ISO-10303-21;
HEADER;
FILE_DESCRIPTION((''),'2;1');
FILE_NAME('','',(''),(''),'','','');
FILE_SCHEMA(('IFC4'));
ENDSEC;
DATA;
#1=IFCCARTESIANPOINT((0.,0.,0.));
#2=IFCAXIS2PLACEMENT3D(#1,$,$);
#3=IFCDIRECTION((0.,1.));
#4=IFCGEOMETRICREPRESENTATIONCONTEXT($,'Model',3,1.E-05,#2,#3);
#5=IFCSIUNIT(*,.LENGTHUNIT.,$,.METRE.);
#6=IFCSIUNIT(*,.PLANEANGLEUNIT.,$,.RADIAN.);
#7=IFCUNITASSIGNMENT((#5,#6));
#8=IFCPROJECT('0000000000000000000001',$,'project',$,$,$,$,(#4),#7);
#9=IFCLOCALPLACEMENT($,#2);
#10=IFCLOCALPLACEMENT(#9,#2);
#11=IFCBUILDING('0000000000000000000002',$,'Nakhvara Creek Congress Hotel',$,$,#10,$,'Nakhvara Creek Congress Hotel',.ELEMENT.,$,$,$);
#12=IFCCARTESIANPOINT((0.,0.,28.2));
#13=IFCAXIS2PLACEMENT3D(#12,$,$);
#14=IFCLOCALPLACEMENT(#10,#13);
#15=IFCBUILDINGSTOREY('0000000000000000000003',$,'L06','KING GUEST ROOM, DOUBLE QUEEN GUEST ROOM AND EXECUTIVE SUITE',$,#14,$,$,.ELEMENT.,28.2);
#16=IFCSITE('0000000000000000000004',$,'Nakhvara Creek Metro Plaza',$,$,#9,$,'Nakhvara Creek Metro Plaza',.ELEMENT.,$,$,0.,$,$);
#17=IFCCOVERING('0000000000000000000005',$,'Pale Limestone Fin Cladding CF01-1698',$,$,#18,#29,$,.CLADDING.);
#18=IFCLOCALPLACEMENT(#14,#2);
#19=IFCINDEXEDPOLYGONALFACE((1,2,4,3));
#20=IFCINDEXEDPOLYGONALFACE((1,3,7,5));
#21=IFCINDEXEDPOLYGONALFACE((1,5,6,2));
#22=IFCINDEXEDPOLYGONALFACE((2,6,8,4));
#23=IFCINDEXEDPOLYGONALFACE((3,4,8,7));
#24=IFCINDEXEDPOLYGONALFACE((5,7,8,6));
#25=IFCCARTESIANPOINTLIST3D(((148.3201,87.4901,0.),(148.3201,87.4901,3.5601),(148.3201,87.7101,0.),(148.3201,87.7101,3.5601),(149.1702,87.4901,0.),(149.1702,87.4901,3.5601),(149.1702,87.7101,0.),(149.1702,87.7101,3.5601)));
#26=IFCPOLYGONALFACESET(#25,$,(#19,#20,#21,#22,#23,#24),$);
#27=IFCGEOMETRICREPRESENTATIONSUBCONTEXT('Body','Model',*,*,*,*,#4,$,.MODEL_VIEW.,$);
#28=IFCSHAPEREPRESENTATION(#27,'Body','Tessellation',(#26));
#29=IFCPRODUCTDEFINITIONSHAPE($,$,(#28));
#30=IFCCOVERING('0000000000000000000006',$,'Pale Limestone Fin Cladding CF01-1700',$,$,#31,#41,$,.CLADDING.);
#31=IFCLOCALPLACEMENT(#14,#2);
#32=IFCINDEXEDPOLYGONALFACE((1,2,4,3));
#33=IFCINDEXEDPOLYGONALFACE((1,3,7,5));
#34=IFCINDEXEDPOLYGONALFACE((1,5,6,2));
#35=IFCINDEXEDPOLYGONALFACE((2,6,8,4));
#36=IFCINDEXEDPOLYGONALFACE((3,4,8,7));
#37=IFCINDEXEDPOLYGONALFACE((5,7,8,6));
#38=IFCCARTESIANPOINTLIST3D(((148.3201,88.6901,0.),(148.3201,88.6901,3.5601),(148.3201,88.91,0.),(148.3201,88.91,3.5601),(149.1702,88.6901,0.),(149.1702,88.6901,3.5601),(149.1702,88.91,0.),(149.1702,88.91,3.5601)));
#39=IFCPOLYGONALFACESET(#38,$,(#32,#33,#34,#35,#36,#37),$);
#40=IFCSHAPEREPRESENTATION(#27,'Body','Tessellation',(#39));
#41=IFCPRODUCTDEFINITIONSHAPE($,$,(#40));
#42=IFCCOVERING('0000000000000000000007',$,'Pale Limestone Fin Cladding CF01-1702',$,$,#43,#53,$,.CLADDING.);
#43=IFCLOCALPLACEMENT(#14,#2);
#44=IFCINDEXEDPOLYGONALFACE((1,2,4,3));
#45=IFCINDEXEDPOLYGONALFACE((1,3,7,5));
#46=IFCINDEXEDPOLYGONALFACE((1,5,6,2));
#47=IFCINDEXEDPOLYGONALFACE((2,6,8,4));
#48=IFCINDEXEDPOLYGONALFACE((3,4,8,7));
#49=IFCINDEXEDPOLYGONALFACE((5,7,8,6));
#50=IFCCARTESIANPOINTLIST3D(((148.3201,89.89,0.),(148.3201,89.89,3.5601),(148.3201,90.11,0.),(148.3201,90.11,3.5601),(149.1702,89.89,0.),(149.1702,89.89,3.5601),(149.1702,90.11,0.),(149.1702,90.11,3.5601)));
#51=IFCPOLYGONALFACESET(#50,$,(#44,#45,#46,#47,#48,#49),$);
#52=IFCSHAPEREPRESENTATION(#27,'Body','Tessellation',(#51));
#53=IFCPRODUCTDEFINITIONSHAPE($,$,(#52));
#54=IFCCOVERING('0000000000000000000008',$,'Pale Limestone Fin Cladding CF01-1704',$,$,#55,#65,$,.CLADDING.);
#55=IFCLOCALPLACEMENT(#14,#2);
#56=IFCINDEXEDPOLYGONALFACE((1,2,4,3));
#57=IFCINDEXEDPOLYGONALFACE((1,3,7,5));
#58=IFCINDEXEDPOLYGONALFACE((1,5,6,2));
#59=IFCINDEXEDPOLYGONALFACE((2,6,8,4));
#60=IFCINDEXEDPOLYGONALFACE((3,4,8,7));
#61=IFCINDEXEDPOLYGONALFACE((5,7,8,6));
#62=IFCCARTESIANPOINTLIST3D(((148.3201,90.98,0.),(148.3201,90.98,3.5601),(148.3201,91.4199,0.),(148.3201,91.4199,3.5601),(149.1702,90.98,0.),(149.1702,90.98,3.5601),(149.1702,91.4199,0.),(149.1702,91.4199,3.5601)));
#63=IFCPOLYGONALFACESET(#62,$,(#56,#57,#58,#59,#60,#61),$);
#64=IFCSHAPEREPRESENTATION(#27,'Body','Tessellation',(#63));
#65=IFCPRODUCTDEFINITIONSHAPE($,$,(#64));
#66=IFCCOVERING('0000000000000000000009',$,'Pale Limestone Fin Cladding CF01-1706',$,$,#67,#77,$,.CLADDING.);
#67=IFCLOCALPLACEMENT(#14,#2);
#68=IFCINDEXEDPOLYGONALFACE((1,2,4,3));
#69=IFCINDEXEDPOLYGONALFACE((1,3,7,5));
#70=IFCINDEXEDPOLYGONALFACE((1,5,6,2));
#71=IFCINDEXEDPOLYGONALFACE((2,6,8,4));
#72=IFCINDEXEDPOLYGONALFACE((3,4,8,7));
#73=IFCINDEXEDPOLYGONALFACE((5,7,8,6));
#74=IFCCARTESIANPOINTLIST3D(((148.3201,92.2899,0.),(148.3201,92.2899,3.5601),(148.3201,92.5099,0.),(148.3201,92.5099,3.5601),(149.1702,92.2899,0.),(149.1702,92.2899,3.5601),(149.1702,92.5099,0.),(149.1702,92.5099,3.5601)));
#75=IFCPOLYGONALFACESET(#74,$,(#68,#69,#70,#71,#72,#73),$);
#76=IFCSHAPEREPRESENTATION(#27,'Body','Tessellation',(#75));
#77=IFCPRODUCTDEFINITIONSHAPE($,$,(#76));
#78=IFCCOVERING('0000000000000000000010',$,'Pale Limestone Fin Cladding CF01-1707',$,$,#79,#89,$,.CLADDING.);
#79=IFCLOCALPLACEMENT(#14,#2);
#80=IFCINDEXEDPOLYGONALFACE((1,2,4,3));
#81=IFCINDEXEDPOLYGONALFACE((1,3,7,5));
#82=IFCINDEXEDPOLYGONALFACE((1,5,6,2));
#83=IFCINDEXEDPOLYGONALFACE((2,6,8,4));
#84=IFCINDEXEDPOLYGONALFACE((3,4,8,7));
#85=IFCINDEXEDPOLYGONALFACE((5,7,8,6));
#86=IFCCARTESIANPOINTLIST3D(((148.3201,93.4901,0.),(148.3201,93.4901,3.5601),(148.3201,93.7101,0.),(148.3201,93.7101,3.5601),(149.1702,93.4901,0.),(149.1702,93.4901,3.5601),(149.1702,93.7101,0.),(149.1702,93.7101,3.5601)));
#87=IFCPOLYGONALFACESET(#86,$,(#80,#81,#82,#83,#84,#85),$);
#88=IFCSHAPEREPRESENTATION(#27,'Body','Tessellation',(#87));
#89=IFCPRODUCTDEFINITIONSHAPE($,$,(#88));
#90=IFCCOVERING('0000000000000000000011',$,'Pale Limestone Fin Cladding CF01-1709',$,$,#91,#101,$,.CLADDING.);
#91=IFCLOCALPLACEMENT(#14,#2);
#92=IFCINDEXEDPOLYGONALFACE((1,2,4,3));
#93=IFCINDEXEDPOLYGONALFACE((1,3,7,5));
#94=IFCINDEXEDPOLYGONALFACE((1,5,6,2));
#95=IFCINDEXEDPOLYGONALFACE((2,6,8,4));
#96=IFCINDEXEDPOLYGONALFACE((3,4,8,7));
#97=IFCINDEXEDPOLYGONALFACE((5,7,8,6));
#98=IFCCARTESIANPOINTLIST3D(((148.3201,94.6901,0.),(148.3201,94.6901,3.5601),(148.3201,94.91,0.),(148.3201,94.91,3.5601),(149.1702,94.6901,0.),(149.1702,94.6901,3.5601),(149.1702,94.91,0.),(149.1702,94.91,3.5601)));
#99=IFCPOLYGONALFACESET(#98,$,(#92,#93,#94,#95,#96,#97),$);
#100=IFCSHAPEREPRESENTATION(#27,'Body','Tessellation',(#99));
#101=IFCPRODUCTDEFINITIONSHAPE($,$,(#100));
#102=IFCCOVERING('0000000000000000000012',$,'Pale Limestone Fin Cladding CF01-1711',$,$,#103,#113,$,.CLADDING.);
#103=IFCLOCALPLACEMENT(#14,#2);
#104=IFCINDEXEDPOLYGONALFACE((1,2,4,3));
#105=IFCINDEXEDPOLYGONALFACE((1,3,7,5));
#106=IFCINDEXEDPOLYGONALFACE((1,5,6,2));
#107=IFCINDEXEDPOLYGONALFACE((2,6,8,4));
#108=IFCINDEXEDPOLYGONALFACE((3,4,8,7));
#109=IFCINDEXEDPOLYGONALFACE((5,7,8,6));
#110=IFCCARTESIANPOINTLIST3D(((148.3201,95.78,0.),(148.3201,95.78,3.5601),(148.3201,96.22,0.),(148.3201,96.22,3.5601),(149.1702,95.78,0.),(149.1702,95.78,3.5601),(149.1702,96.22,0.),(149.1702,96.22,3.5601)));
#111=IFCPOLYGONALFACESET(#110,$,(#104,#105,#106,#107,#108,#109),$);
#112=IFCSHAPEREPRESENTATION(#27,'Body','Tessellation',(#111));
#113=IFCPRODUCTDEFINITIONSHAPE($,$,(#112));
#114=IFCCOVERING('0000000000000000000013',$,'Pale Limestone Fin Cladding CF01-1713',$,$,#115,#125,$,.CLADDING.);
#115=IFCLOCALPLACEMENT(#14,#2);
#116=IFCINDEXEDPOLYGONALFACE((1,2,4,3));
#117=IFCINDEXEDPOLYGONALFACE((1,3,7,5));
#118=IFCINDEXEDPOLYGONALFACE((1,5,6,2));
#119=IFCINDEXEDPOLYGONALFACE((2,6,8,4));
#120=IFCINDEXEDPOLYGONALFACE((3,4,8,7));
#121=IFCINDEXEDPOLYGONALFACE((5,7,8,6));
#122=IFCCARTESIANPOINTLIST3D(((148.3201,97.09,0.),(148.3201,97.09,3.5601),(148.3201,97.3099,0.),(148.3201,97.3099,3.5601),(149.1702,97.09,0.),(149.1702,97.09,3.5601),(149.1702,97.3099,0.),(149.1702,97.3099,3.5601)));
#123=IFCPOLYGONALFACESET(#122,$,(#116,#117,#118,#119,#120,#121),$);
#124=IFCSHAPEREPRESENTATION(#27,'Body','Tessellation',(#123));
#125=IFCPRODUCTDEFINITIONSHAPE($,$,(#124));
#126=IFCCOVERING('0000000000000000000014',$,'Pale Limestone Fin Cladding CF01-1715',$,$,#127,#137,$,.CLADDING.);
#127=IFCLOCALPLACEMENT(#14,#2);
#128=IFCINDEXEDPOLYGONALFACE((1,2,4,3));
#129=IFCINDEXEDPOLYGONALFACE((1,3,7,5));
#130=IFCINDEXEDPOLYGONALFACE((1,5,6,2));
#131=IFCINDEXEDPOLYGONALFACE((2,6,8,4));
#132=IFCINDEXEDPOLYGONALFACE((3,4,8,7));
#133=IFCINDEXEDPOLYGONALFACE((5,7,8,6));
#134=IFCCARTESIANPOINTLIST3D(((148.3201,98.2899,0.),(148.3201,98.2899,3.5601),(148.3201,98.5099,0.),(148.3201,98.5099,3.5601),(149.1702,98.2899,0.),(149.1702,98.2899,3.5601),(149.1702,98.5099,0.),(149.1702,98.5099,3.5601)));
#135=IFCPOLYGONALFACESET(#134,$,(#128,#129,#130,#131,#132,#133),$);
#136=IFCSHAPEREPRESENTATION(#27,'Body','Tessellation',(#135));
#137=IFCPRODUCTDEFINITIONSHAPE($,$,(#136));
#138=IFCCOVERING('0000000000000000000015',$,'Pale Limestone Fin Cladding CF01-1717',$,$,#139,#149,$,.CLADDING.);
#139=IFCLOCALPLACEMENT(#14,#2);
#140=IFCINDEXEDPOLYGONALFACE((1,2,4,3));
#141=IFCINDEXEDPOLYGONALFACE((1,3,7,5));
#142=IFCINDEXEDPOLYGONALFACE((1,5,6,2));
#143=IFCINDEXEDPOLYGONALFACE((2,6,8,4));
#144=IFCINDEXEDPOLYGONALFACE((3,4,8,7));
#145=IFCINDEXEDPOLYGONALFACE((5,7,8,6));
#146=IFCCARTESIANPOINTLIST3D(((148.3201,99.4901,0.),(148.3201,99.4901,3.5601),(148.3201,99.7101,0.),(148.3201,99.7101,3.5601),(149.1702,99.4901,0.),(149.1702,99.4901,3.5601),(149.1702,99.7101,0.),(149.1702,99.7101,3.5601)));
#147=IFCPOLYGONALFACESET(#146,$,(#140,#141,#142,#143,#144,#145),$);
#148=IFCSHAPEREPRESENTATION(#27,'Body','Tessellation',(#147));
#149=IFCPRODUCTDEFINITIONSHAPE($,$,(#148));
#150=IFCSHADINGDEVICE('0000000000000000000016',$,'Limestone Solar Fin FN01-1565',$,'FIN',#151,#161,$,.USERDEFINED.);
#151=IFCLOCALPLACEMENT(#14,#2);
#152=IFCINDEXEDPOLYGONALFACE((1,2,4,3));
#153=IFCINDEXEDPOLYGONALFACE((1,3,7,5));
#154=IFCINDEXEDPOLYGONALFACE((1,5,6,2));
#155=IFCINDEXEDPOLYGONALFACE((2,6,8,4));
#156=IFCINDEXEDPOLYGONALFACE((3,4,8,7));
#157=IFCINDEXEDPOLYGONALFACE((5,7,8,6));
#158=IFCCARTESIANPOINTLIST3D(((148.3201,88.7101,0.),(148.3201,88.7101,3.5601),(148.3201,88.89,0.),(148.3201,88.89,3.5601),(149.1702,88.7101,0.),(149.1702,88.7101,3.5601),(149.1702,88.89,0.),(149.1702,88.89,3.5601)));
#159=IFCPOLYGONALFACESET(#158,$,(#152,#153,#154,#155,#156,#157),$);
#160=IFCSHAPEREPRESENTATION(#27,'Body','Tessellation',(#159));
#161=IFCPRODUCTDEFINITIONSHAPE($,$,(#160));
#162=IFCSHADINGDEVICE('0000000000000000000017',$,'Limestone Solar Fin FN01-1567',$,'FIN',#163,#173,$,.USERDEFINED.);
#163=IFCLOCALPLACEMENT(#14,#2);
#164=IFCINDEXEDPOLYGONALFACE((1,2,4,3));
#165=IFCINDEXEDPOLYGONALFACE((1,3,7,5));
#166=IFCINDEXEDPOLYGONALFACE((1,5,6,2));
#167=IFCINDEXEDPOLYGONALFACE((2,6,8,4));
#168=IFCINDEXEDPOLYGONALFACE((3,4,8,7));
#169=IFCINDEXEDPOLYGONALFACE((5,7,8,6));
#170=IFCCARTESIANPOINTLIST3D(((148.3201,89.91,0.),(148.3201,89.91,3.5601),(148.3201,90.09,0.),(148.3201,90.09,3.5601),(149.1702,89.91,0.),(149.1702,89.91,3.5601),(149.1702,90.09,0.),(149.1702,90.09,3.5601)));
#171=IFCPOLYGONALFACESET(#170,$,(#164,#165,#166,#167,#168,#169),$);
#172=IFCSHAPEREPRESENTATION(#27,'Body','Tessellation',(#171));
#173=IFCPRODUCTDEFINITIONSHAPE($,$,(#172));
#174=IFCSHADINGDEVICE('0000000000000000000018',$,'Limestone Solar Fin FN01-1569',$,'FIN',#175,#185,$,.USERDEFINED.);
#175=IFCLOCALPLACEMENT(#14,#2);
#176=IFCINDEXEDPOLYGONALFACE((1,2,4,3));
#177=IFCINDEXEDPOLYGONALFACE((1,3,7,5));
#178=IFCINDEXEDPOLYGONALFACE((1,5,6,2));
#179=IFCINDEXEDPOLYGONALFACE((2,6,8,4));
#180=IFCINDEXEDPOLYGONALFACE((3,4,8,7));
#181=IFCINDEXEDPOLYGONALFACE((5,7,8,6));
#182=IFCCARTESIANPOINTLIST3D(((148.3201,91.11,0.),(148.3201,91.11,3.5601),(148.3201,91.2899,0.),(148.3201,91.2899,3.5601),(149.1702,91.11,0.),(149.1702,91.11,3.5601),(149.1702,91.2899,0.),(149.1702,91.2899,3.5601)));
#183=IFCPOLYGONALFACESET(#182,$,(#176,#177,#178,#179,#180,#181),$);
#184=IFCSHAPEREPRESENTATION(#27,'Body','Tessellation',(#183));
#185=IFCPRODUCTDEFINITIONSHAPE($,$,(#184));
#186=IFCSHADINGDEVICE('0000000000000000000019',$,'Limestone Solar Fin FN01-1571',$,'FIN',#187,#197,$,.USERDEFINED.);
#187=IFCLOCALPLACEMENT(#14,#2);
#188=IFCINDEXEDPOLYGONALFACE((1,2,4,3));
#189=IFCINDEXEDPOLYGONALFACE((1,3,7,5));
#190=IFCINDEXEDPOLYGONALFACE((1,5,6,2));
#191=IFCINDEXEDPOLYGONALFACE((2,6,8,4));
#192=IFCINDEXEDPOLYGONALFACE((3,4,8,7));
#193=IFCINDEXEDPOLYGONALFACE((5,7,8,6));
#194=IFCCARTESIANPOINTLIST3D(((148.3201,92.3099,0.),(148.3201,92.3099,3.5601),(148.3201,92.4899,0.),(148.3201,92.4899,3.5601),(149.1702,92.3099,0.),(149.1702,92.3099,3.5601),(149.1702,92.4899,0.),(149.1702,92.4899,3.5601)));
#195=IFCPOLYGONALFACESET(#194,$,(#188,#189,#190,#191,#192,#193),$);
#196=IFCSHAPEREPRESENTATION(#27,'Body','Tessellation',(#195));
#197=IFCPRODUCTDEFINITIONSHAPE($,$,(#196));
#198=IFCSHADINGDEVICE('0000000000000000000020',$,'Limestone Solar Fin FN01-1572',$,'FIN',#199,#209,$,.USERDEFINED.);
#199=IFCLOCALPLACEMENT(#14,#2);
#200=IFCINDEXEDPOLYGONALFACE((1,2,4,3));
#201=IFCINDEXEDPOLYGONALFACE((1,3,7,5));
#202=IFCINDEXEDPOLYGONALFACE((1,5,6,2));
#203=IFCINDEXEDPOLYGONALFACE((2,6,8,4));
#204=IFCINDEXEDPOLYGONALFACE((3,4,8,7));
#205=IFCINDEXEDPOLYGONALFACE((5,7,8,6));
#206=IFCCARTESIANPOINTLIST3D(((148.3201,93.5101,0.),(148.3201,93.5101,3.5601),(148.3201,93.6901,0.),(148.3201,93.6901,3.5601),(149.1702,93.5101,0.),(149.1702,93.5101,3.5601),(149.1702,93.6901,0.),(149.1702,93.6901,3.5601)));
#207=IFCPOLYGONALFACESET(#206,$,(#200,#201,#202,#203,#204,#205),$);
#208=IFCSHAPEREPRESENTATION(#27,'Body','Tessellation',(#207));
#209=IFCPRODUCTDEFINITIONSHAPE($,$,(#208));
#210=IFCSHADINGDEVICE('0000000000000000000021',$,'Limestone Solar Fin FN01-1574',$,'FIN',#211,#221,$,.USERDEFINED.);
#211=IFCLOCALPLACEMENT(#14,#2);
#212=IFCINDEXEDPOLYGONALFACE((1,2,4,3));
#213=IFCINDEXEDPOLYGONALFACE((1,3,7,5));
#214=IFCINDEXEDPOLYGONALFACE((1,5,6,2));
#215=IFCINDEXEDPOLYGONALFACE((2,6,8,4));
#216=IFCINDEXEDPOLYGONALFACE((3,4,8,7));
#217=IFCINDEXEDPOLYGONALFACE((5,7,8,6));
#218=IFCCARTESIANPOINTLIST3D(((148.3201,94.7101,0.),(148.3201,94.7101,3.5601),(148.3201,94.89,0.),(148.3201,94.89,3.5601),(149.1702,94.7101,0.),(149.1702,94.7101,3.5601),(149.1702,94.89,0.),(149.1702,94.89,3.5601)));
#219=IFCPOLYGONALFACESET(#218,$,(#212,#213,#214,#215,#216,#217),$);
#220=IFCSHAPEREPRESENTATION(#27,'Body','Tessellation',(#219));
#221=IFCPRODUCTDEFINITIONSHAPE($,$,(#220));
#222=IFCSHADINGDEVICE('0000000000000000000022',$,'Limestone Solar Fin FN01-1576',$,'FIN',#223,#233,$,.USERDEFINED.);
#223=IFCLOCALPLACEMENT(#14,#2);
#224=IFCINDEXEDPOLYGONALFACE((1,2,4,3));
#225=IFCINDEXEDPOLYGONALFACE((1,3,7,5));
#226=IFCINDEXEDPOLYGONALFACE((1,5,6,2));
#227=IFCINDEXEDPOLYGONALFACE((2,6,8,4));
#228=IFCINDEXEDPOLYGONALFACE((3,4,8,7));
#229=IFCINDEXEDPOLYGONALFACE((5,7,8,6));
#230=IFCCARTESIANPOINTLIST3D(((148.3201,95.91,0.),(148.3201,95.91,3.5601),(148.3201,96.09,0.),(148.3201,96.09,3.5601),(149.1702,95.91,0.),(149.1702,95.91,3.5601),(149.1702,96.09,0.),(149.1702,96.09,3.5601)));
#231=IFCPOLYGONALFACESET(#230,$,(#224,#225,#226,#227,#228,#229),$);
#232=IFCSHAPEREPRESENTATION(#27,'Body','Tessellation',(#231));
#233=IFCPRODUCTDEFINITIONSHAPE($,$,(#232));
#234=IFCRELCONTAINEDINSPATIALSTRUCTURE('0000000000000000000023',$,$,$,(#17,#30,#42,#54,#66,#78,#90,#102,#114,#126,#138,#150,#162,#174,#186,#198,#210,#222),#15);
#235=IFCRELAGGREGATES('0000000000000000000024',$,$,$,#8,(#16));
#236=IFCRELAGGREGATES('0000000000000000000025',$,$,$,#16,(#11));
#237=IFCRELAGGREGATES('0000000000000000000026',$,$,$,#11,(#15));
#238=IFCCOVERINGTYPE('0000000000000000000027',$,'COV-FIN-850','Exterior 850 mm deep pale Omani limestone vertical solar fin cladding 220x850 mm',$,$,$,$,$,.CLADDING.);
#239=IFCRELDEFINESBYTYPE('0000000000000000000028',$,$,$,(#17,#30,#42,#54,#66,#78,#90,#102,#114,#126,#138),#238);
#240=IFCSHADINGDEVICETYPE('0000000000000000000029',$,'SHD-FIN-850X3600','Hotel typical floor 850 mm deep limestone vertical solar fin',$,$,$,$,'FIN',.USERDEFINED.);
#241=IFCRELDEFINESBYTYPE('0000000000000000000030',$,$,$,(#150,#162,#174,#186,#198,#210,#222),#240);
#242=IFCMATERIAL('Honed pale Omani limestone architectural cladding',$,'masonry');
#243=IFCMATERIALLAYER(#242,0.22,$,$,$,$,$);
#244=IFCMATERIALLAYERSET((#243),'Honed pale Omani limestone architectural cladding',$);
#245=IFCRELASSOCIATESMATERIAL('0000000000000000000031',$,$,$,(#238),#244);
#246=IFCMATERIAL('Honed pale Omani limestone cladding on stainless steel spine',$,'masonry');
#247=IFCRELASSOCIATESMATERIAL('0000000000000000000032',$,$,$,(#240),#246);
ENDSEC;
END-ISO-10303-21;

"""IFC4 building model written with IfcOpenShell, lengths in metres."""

from ifc_helpers import new_model, si_unit, direction, frame, origin, origin_2d, place, context, subcontext, project, spatial, rectangle, extrude, material, layer, layer_set, type_object, element, save


model = new_model("IFC4")

# Units and contexts
model_context = context("Model", 3, precision=1e-05, world=origin(), true_north=direction((0.0, 1.0)))
body_context = subcontext(model_context, "Body", "Model", "MODEL_VIEW")
ifc_project = project(units=[si_unit("LENGTHUNIT", "METRE"), si_unit("PLANEANGLEUNIT", "RADIAN")], contexts=[model_context])

# Site, building, storey
site_placement = place(None, origin())
site = spatial("IfcSite", under=ifc_project, at=site_placement, Name="Nakhvara Creek Metro Plaza", LongName="Nakhvara Creek Metro Plaza", CompositionType="ELEMENT", RefElevation=0.0)
building_placement = place(site_placement, origin())
building = spatial("IfcBuilding", under=site, at=building_placement, Name="Nakhvara Creek Congress Hotel", LongName="Nakhvara Creek Congress Hotel", CompositionType="ELEMENT")
storey_placement = place(building_placement, frame((0.0, 0.0, 28.2)))
storey = spatial("IfcBuildingStorey", under=building, at=storey_placement, Name="L06", Description="KING GUEST ROOM, DOUBLE QUEEN GUEST ROOM AND EXECUTIVE SUITE", CompositionType="ELEMENT", Elevation=28.2)

# Coverings
ifc_material_1 = material(Name="Honed pale Omani limestone architectural cladding", Category="masonry")
ifc_layer = layer(ifc_material_1, 0.22)
ifc_layer_set = layer_set([ifc_layer], Name="Honed pale Omani limestone architectural cladding")
covering_type = type_object("IfcCoveringType", Name="COV-FIN-850", Description="Exterior 850 mm deep pale Omani limestone vertical solar fin cladding 220x850 mm", PredefinedType="CLADDING", material=ifc_layer_set)
for number, where, z_axis, x_axis, name in (
    (1, (148.7451, 87.6001, 0.0), (0.0, 0.0, 1.0), (0.0, 1.0, 0.0), "Pale Limestone Fin Cladding CF01-1698"),
    (2, (148.7451, 88.8, 0.0), (0.0, 0.0, 1.0), (0.0, 1.0, 0.0), "Pale Limestone Fin Cladding CF01-1700"),
    (3, (148.7451, 90.0, 0.0), (0.0, 0.0, 1.0), (0.0, 1.0, 0.0), "Pale Limestone Fin Cladding CF01-1702"),
):
    element("IfcCovering", number, at=place(storey_placement, frame(where, z_axis=z_axis, x_axis=x_axis)), inside=storey, type_object=covering_type, Name=name, PredefinedType="CLADDING", context=body_context, shape_type="SweptSolid", body=[
        extrude(rectangle(XDim=0.22, YDim=0.8501, at=origin_2d()), origin(), (0.0, 0.0, 1.0), 3.5601),
    ])
covering_1_placement = place(storey_placement, frame((148.7451, 91.2, 0.0), z_axis=(0.0, 0.0, 1.0), x_axis=(0.0, 1.0, 0.0)))
element("IfcCovering", 4, at=covering_1_placement, inside=storey, type_object=covering_type, Name="Pale Limestone Fin Cladding CF01-1704", PredefinedType="CLADDING", context=body_context, shape_type="SweptSolid", body=[
    extrude(rectangle(XDim=0.4399, YDim=0.8501, at=origin_2d()), origin(), (0.0, 0.0, 1.0), 3.5601),
])
for number, where, z_axis, x_axis, name in (
    (5, (148.7451, 92.3999, 0.0), (0.0, 0.0, 1.0), (0.0, 1.0, 0.0), "Pale Limestone Fin Cladding CF01-1706"),
    (6, (148.7451, 93.6001, 0.0), (0.0, 0.0, 1.0), (0.0, 1.0, 0.0), "Pale Limestone Fin Cladding CF01-1707"),
    (7, (148.7451, 94.8, 0.0), (0.0, 0.0, 1.0), (0.0, 1.0, 0.0), "Pale Limestone Fin Cladding CF01-1709"),
):
    element("IfcCovering", number, at=place(storey_placement, frame(where, z_axis=z_axis, x_axis=x_axis)), inside=storey, type_object=covering_type, Name=name, PredefinedType="CLADDING", context=body_context, shape_type="SweptSolid", body=[
        extrude(rectangle(XDim=0.22, YDim=0.8501, at=origin_2d()), origin(), (0.0, 0.0, 1.0), 3.5601),
    ])
covering_2_placement = place(storey_placement, frame((148.7451, 96.0, 0.0), z_axis=(0.0, 0.0, 1.0), x_axis=(0.0, 1.0, 0.0)))
element("IfcCovering", 8, at=covering_2_placement, inside=storey, type_object=covering_type, Name="Pale Limestone Fin Cladding CF01-1711", PredefinedType="CLADDING", context=body_context, shape_type="SweptSolid", body=[
    extrude(rectangle(XDim=0.4399, YDim=0.8501, at=origin_2d()), origin(), (0.0, 0.0, 1.0), 3.5601),
])
for number, where, z_axis, x_axis, name in (
    (9, (148.7451, 97.2, 0.0), (0.0, 0.0, 1.0), (0.0, 1.0, 0.0), "Pale Limestone Fin Cladding CF01-1713"),
    (10, (148.7451, 98.3999, 0.0), (0.0, 0.0, 1.0), (0.0, 1.0, 0.0), "Pale Limestone Fin Cladding CF01-1715"),
    (11, (148.7451, 99.6001, 0.0), (0.0, 0.0, 1.0), (0.0, 1.0, 0.0), "Pale Limestone Fin Cladding CF01-1717"),
):
    element("IfcCovering", number, at=place(storey_placement, frame(where, z_axis=z_axis, x_axis=x_axis)), inside=storey, type_object=covering_type, Name=name, PredefinedType="CLADDING", context=body_context, shape_type="SweptSolid", body=[
        extrude(rectangle(XDim=0.22, YDim=0.8501, at=origin_2d()), origin(), (0.0, 0.0, 1.0), 3.5601),
    ])

# Shading devices
ifc_material_2 = material(Name="Honed pale Omani limestone cladding on stainless steel spine", Category="masonry")
shading_device_type = type_object("IfcShadingDeviceType", Name="SHD-FIN-850X3600", Description="Hotel typical floor 850 mm deep limestone vertical solar fin", ElementType="FIN", PredefinedType="USERDEFINED", material=ifc_material_2)
for number, where, z_axis, x_axis, name in (
    (12, (148.7451, 88.8, 0.0), (0.0, 0.0, 1.0), (0.0, 1.0, 0.0), "Limestone Solar Fin FN01-1565"),
    (13, (148.7451, 90.0, 0.0), (0.0, 0.0, 1.0), (0.0, 1.0, 0.0), "Limestone Solar Fin FN01-1567"),
    (14, (148.7451, 91.2, 0.0), (0.0, 0.0, 1.0), (0.0, 1.0, 0.0), "Limestone Solar Fin FN01-1569"),
    (15, (148.7451, 92.3999, 0.0), (0.0, 0.0, 1.0), (0.0, 1.0, 0.0), "Limestone Solar Fin FN01-1571"),
    (16, (148.7451, 93.6001, 0.0), (0.0, 0.0, 1.0), (0.0, 1.0, 0.0), "Limestone Solar Fin FN01-1572"),
    (17, (148.7451, 94.8, 0.0), (0.0, 0.0, 1.0), (0.0, 1.0, 0.0), "Limestone Solar Fin FN01-1574"),
    (18, (148.7451, 96.0, 0.0), (0.0, 0.0, 1.0), (0.0, 1.0, 0.0), "Limestone Solar Fin FN01-1576"),
):
    element("IfcShadingDevice", number, at=place(storey_placement, frame(where, z_axis=z_axis, x_axis=x_axis)), inside=storey, type_object=shading_device_type, Name=name, ObjectType="FIN", PredefinedType="USERDEFINED", context=body_context, shape_type="SweptSolid", body=[
        extrude(rectangle(XDim=0.1799, YDim=0.8501, at=origin_2d()), origin(), (0.0, 0.0, 1.0), 3.5601),
    ])

save(model, "model.ifc")
